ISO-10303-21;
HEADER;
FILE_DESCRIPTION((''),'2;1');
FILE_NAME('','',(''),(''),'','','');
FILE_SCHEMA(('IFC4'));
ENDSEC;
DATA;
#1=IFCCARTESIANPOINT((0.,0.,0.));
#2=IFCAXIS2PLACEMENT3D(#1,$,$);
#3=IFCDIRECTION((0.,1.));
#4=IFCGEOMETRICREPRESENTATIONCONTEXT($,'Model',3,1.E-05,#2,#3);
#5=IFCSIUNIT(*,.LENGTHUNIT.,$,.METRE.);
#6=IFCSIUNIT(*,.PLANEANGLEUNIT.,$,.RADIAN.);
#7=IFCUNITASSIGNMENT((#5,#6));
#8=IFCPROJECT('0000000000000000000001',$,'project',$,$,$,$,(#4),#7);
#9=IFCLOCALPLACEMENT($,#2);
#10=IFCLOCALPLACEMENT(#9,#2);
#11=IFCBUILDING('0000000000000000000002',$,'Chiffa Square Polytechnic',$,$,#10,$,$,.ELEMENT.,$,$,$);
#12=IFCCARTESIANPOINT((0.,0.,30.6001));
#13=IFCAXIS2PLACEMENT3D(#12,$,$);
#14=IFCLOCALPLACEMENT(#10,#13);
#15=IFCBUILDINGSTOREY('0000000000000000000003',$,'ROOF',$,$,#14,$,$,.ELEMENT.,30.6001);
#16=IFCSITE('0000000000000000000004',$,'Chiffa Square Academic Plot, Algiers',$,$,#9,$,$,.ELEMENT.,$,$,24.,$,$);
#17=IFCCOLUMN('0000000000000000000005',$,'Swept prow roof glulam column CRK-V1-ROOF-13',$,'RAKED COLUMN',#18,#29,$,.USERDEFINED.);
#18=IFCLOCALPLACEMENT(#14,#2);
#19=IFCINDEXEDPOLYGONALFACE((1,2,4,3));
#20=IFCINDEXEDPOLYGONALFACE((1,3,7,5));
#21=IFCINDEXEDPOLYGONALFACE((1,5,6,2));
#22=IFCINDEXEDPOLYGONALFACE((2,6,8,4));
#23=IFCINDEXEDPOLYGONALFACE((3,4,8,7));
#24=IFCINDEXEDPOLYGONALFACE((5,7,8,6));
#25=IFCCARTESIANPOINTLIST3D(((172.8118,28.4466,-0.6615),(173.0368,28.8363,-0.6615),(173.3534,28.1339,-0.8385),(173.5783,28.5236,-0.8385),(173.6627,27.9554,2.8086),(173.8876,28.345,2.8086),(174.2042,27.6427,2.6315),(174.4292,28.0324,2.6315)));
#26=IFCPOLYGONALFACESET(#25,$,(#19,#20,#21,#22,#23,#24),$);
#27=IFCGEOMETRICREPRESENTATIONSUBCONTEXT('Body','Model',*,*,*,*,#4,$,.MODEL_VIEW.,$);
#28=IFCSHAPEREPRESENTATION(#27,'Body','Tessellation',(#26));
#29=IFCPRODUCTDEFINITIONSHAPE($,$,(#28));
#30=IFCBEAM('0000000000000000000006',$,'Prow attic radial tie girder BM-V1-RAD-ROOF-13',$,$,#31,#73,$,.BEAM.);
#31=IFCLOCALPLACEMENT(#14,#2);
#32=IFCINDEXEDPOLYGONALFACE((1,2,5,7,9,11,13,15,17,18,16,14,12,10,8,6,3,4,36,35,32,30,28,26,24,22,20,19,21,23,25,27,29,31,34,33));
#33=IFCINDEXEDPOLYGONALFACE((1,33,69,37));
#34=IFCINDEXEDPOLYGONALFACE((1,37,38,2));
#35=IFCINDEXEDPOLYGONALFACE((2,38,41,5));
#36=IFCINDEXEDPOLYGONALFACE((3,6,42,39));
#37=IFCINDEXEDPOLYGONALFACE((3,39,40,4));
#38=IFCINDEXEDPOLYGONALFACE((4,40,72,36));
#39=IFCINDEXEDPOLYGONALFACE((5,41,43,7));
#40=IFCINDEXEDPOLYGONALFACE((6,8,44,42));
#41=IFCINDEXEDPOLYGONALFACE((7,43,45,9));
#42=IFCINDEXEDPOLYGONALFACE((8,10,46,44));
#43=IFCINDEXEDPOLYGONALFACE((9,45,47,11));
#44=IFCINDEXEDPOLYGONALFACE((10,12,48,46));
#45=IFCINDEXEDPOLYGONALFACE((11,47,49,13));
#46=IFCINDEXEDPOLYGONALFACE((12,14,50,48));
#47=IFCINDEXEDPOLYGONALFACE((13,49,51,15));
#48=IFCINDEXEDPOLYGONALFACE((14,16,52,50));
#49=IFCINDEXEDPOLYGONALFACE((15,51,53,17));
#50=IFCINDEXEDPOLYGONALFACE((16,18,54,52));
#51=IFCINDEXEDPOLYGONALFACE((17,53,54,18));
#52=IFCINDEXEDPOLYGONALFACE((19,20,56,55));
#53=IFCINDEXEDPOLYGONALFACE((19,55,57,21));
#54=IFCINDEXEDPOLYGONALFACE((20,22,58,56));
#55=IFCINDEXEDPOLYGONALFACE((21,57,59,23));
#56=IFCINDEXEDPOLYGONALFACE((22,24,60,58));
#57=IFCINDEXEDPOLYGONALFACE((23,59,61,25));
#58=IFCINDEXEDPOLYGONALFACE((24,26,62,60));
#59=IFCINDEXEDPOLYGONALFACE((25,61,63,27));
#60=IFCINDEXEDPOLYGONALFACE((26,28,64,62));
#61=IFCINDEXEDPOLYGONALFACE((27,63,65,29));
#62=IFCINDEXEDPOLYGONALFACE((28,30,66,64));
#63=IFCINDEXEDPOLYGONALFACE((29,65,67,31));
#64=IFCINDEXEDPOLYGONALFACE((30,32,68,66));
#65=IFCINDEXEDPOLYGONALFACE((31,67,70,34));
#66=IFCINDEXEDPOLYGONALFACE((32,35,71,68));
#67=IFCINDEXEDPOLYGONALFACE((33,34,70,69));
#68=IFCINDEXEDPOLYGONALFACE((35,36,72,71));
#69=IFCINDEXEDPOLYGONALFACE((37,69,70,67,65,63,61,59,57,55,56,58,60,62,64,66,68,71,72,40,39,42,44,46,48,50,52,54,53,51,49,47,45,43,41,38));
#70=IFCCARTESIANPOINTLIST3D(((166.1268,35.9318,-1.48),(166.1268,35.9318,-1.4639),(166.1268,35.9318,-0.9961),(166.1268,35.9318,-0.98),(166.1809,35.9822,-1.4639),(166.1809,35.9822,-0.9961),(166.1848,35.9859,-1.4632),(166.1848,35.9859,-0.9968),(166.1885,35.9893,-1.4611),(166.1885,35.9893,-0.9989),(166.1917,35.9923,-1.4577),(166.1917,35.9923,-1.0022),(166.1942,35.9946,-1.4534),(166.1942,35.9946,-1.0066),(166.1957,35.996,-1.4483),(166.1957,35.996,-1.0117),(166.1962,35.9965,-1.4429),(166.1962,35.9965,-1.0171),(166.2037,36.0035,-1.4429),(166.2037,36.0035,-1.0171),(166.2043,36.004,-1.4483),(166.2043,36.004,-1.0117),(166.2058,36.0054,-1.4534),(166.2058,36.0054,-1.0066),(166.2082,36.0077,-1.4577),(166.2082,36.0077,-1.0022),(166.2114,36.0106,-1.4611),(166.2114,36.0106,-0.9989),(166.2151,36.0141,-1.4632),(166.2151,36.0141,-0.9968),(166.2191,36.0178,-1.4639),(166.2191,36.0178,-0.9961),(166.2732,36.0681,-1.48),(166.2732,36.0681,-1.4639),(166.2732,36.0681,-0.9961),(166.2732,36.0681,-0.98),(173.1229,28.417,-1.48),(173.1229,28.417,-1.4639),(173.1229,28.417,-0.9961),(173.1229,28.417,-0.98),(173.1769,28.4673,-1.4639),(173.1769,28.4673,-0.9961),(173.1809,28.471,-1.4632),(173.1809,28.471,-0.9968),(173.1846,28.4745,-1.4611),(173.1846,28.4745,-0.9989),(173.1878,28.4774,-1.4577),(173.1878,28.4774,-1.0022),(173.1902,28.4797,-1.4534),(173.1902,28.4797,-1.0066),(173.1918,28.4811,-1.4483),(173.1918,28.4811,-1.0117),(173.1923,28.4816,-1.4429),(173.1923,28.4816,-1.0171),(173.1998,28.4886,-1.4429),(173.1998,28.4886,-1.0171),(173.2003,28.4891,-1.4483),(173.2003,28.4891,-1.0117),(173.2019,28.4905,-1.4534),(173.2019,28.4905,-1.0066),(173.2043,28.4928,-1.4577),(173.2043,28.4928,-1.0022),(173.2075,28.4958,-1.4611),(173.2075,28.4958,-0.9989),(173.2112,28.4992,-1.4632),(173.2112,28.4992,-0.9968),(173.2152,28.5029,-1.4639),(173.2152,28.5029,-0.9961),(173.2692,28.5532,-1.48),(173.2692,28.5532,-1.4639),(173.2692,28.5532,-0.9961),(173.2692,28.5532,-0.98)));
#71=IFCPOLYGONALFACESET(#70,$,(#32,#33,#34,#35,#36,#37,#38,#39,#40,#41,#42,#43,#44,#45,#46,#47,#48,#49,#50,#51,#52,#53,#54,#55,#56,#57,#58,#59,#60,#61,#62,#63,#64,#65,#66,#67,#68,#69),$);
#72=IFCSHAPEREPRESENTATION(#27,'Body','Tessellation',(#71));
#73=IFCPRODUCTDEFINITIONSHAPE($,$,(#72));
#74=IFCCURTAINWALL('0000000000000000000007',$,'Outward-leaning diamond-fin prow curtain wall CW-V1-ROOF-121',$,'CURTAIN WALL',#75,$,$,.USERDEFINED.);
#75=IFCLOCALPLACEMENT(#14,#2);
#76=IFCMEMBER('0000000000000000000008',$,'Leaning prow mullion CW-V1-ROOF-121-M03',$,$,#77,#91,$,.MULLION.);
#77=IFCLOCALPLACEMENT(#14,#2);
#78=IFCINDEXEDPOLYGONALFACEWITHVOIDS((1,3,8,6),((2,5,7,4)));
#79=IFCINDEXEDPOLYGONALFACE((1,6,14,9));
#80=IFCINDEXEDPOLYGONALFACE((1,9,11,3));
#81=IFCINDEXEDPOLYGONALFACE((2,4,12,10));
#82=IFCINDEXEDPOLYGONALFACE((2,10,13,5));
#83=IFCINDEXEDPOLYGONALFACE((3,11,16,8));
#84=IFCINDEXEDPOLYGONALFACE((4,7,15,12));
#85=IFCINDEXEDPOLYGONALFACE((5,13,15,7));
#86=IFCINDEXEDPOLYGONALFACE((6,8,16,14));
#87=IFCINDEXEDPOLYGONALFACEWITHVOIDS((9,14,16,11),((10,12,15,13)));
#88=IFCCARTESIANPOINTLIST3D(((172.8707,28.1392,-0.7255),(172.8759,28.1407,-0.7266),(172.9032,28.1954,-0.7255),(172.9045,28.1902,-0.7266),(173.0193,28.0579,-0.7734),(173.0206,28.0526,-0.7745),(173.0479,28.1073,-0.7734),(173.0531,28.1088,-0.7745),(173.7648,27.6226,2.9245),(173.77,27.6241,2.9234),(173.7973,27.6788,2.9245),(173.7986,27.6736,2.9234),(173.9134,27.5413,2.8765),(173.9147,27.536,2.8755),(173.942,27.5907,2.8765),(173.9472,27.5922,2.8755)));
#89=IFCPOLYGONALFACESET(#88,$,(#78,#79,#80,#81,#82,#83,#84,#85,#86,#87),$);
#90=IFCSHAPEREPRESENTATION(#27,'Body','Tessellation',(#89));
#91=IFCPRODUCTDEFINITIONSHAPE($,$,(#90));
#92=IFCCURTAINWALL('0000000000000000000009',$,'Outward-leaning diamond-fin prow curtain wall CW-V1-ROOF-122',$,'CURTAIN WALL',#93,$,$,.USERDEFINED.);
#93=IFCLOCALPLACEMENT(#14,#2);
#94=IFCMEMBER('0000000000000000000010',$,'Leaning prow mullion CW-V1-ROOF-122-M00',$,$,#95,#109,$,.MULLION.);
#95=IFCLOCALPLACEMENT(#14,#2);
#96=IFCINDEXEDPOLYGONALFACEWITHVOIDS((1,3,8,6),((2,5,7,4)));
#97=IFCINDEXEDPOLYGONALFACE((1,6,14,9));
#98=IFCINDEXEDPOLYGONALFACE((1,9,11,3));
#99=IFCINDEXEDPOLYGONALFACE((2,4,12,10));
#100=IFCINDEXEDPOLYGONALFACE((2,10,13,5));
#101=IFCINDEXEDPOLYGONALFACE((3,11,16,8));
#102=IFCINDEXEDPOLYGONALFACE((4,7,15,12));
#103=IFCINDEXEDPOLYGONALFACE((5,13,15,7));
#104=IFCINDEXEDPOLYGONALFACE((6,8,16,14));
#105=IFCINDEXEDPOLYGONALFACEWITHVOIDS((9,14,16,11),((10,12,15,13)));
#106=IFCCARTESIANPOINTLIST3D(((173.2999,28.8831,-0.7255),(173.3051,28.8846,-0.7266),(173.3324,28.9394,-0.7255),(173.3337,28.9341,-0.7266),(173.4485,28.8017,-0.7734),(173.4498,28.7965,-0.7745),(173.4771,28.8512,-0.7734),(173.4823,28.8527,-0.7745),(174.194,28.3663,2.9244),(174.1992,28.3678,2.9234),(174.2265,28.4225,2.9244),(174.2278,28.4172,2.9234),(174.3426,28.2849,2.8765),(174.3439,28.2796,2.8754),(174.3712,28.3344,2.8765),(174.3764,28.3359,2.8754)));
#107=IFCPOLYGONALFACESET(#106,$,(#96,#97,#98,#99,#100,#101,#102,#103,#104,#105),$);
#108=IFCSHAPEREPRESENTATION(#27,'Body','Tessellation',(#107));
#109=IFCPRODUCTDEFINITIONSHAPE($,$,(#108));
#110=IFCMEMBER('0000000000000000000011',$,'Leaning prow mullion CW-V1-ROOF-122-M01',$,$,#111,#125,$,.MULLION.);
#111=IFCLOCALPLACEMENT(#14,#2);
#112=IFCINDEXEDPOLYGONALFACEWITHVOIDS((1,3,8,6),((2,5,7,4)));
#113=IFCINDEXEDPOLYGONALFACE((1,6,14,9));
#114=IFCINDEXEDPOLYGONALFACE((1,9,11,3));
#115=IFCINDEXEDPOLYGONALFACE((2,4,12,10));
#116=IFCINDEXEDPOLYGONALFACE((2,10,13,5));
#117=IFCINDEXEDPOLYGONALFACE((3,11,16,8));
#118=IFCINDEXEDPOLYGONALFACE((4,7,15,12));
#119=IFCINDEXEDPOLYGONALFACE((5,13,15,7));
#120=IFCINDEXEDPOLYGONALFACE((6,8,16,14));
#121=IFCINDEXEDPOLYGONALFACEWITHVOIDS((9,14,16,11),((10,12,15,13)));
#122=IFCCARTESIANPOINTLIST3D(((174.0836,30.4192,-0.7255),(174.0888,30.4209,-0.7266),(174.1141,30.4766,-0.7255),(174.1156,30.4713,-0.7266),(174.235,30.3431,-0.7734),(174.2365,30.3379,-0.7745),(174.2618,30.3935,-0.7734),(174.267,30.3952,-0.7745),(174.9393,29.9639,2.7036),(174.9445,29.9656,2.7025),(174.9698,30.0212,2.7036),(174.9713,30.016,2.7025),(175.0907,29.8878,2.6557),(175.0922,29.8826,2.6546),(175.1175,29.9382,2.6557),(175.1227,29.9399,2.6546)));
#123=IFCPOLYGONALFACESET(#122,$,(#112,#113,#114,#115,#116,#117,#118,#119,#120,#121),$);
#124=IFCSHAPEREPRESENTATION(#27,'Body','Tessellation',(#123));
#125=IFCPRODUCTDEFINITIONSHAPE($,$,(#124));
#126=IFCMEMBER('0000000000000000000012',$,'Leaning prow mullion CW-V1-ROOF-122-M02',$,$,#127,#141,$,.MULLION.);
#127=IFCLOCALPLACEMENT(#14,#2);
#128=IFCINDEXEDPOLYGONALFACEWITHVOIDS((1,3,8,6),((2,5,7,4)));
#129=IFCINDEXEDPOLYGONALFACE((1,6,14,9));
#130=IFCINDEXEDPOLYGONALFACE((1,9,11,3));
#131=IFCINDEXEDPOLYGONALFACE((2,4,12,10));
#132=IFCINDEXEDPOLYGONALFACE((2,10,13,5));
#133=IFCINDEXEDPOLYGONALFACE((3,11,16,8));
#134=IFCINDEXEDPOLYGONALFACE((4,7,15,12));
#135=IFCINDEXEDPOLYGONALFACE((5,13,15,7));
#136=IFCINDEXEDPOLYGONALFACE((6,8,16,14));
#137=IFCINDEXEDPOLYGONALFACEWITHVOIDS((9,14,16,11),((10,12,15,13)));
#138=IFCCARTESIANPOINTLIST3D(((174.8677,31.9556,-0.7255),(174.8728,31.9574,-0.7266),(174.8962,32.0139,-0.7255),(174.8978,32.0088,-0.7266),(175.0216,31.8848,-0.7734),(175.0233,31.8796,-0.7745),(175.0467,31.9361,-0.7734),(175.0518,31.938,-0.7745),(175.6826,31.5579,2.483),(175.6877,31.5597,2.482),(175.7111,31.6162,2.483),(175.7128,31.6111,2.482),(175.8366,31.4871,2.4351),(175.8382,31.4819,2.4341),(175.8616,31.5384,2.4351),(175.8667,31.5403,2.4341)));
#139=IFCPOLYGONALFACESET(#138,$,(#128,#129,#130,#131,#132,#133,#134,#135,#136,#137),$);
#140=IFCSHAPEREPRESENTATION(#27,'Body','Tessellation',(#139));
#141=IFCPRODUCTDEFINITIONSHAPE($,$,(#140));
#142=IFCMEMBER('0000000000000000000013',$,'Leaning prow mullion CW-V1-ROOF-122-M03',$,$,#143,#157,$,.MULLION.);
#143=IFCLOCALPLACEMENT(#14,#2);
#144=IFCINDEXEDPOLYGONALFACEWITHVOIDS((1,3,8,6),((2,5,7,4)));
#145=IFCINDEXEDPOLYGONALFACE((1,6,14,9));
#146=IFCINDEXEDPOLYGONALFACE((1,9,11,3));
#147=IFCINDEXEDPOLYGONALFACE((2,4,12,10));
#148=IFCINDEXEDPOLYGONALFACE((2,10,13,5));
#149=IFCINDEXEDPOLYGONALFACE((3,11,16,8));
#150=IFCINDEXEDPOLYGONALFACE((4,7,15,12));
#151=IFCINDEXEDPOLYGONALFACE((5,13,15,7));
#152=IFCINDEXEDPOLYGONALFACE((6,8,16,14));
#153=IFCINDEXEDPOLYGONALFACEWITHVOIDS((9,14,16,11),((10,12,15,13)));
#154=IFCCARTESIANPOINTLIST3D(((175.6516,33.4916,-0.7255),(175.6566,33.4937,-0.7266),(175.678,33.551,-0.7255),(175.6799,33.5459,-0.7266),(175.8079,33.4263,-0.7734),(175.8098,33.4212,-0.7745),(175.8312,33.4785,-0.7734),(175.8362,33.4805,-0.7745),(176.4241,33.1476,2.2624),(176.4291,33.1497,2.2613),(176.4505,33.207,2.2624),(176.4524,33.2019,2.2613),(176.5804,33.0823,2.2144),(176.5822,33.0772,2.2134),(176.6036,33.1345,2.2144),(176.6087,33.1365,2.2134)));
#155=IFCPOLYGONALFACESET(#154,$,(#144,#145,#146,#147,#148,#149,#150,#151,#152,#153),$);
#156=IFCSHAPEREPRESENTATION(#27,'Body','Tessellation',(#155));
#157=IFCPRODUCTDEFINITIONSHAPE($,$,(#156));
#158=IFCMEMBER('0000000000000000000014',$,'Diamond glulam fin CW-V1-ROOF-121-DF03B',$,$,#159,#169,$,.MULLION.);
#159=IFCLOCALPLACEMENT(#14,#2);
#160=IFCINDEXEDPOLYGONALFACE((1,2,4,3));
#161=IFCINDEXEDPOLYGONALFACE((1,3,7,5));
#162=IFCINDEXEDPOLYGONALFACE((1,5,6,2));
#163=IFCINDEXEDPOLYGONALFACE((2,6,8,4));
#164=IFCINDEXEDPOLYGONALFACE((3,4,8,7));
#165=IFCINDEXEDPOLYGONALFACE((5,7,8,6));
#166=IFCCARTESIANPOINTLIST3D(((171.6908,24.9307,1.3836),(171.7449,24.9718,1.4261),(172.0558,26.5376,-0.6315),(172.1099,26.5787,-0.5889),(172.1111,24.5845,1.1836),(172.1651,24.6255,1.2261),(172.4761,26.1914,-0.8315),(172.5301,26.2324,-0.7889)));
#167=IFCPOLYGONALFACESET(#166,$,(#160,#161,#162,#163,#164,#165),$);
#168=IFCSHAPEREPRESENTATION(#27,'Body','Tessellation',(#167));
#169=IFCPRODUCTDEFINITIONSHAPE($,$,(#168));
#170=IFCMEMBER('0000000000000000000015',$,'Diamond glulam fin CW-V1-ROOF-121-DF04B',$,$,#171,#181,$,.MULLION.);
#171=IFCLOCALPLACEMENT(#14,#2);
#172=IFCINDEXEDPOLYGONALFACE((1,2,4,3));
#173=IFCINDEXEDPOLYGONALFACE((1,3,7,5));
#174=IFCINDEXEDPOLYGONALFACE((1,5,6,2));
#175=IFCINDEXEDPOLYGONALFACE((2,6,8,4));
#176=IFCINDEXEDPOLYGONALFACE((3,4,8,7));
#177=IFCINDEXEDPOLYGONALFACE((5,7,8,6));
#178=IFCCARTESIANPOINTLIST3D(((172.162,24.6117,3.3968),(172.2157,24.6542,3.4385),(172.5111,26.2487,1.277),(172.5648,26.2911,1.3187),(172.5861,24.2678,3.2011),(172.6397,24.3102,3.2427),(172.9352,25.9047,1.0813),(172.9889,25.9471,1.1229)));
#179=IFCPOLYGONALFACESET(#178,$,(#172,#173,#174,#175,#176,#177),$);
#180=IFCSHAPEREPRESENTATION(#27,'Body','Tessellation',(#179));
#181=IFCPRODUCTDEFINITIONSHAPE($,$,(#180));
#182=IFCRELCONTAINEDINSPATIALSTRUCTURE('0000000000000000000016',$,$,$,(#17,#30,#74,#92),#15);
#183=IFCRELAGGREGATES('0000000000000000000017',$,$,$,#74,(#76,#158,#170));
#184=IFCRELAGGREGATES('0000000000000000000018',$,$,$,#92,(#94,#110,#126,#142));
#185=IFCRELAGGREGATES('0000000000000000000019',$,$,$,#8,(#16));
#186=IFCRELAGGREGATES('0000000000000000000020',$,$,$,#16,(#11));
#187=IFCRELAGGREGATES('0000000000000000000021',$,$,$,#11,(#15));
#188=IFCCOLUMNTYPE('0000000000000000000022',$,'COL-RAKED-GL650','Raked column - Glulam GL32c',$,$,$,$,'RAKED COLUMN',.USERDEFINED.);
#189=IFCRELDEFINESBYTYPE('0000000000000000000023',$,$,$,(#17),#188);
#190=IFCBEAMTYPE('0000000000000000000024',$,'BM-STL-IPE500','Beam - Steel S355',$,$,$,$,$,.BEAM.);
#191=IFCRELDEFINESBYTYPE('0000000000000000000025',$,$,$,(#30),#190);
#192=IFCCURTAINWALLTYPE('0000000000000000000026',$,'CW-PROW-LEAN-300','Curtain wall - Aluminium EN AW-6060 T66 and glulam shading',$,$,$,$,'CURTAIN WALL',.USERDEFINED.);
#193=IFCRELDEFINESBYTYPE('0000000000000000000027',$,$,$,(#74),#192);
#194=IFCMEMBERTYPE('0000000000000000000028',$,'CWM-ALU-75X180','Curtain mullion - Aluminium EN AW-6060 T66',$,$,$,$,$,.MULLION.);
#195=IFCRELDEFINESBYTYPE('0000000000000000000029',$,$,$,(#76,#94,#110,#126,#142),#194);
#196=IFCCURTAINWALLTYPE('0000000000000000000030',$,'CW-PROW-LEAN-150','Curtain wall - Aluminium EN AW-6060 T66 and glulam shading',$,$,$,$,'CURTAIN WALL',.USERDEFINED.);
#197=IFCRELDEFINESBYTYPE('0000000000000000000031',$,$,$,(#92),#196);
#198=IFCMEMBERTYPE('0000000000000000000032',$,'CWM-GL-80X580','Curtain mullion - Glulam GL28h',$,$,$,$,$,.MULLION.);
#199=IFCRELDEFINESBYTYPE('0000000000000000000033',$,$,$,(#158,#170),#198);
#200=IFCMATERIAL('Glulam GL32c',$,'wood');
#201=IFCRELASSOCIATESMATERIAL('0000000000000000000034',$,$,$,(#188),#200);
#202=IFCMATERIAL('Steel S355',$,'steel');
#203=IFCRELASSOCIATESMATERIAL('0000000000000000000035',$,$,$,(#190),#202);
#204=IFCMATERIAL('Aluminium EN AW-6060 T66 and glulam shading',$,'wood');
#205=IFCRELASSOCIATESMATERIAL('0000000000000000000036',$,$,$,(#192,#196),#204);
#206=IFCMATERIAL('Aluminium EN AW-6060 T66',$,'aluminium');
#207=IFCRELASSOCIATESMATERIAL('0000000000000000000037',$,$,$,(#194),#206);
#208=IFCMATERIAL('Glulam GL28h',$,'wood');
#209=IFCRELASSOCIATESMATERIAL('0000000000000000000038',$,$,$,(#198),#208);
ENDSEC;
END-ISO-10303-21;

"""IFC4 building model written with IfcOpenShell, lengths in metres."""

from ifc_helpers import new_model, si_unit, direction, frame, origin, origin_2d, place, context, subcontext, project, spatial, rectangle, hollow_rectangle, i_section, extrude, material, material_profile, profile_set, type_object, element, aggregate, save


model = new_model("IFC4")

# Units and contexts
model_context = context("Model", 3, precision=1e-05, world=origin(), true_north=direction((0.0, 1.0)))
body_context = subcontext(model_context, "Body", "Model", "MODEL_VIEW")
ifc_project = project(units=[si_unit("LENGTHUNIT", "METRE"), si_unit("PLANEANGLEUNIT", "RADIAN")], contexts=[model_context])

# Site, building, storey
site_placement = place(None, origin())
site = spatial("IfcSite", under=ifc_project, at=site_placement, Name="Chiffa Square Academic Plot, Algiers", CompositionType="ELEMENT", RefElevation=24.0)
building_placement = place(site_placement, origin())
building = spatial("IfcBuilding", under=site, at=building_placement, Name="Chiffa Square Polytechnic", CompositionType="ELEMENT")
storey_placement = place(building_placement, frame((0.0, 0.0, 30.6001)))
storey = spatial("IfcBuildingStorey", under=building, at=storey_placement, Name="ROOF", CompositionType="ELEMENT", Elevation=30.6001)

# Column
ifc_material_1 = material(Name="Glulam GL32c", Category="wood")
ifc_material_profile_1 = material_profile(ifc_material_1, rectangle(XDim=0.45, YDim=0.6499, at=origin_2d()), Name="GL32c 450x650")
ifc_profile_set_1 = profile_set([ifc_material_profile_1], Name="Glulam GL32c")
column_type = type_object("IfcColumnType", Name="COL-RAKED-GL650", Description="Raked column - Glulam GL32c", ElementType="RAKED COLUMN", PredefinedType="USERDEFINED", material=ifc_profile_set_1)
column_placement = place(storey_placement, frame((173.1951, 28.4851, -0.75), z_axis=(0.235924, -0.136207, 0.962179), x_axis=(0.499988, 0.866032, 0.0)))
element("IfcColumn", 1, at=column_placement, inside=storey, type_object=column_type, Name="Swept prow roof glulam column CRK-V1-ROOF-13", ObjectType="RAKED COLUMN", PredefinedType="USERDEFINED", context=body_context, shape_type="SweptSolid", body=[
    extrude(rectangle(XDim=0.45, YDim=0.6499, at=origin_2d()), origin(), (0.0, 0.0, 1.0), 3.6064),
])

# Beam
ifc_material_2 = material(Name="Steel S355", Category="steel")
ifc_material_profile_2 = material_profile(ifc_material_2, i_section(OverallWidth=0.2, OverallDepth=0.5, WebThickness=0.0103, FlangeThickness=0.0161, FilletRadius=0.021, at=origin_2d()), Name="IPE 500")
ifc_profile_set_2 = profile_set([ifc_material_profile_2], Name="Steel S355")
beam_type_1 = type_object("IfcBeamType", Name="BM-STL-IPE500", Description="Beam - Steel S355", PredefinedType="BEAM", material=ifc_profile_set_2)
beam_1_placement = place(storey_placement, frame((173.196, 28.4851, -1.23), z_axis=(-0.681391, 0.73192, 0.0), x_axis=(-0.73192, -0.681391, 0.0)))
element("IfcBeam", 2, at=beam_1_placement, inside=storey, type_object=beam_type_1, Name="Prow attic radial tie girder BM-V1-RAD-ROOF-13", PredefinedType="BEAM", context=body_context, shape_type="SweptSolid", body=[
    extrude(i_section(OverallWidth=0.2, OverallDepth=0.5, WebThickness=0.0103, FlangeThickness=0.0161, FilletRadius=0.021, at=origin_2d()), origin(), (0.0, 0.0, 1.0), 10.2673),
])

# Curtain wall, member
ifc_material_3 = material(Name="Aluminium EN AW-6060 T66 and glulam shading", Category="wood")
curtain_wall_type_1 = type_object("IfcCurtainWallType", Name="CW-PROW-LEAN-300", Description="Curtain wall - Aluminium EN AW-6060 T66 and glulam shading", ElementType="CURTAIN WALL", PredefinedType="USERDEFINED", material=ifc_material_3)
curtain_wall_1_placement = place(storey_placement, origin())
curtain_wall_1 = element("IfcCurtainWall", 3, at=curtain_wall_1_placement, inside=storey, type_object=curtain_wall_type_1, Name="Outward-leaning diamond-fin prow curtain wall CW-V1-ROOF-121", ObjectType="CURTAIN WALL", PredefinedType="USERDEFINED")
ifc_material_4 = material(Name="Aluminium EN AW-6060 T66", Category="aluminium")
ifc_material_profile_3 = material_profile(ifc_material_4, hollow_rectangle(XDim=0.0649, YDim=0.1799, WallThickness=0.0039, at=origin_2d()), Name="ALU 65x180x4")
ifc_profile_set_3 = profile_set([ifc_material_profile_3], Name="Aluminium EN AW-6060 T66")
member_type_1 = type_object("IfcMemberType", Name="CWM-ALU-75X180", Description="Curtain mullion - Aluminium EN AW-6060 T66", PredefinedType="MULLION", material=ifc_profile_set_3)
member_1_placement = place(storey_placement, frame((172.9619, 28.124, -0.75), z_axis=(0.235699, -0.136193, 0.962235), x_axis=(0.500309, 0.865847, 0.0)))
member_1 = element("IfcMember", 4, at=member_1_placement, type_object=member_type_1, Name="Leaning prow mullion CW-V1-ROOF-121-M03", PredefinedType="MULLION", context=body_context, shape_type="SweptSolid", body=[
    extrude(hollow_rectangle(XDim=0.0649, YDim=0.1799, WallThickness=0.0039, at=origin_2d()), origin(), (0.0, 0.0, 1.0), 3.7932),
])

# Curtain wall, members
curtain_wall_type_2 = type_object("IfcCurtainWallType", Name="CW-PROW-LEAN-150", Description="Curtain wall - Aluminium EN AW-6060 T66 and glulam shading", ElementType="CURTAIN WALL", PredefinedType="USERDEFINED", material=ifc_material_3)
curtain_wall_2_placement = place(storey_placement, origin())
curtain_wall_2 = element("IfcCurtainWall", 5, at=curtain_wall_2_placement, inside=storey, type_object=curtain_wall_type_2, Name="Outward-leaning diamond-fin prow curtain wall CW-V1-ROOF-122", ObjectType="CURTAIN WALL", PredefinedType="USERDEFINED")
member_2_placement = place(storey_placement, frame((173.3911, 28.8679, -0.75), z_axis=(0.235697, -0.136257, 0.962227), x_axis=(0.500486, 0.865744, 0.0)))
member_2 = element("IfcMember", 6, at=member_2_placement, type_object=member_type_1, Name="Leaning prow mullion CW-V1-ROOF-122-M00", PredefinedType="MULLION", context=body_context, shape_type="SweptSolid", body=[
    extrude(hollow_rectangle(XDim=0.0649, YDim=0.1799, WallThickness=0.0039, at=origin_2d()), origin(), (0.0, 0.0, 1.0), 3.7932),
])
member_3_placement = place(storey_placement, frame((174.1753, 30.4072, -0.75), z_axis=(0.240129, -0.127772, 0.962296), x_axis=(0.469738, 0.882806, 0.0)))
member_3 = element("IfcMember", 7, at=member_3_placement, type_object=member_type_1, Name="Leaning prow mullion CW-V1-ROOF-122-M01", PredefinedType="MULLION", context=body_context, shape_type="SweptSolid", body=[
    extrude(hollow_rectangle(XDim=0.0649, YDim=0.1799, WallThickness=0.0039, at=origin_2d()), origin(), (0.0, 0.0, 1.0), 3.5635),
])
member_4_placement = place(storey_placement, frame((174.9597, 31.9468, -0.75), z_axis=(0.24442, -0.119281, 0.962305), x_axis=(0.438577, 0.898693, 0.0)))
member_4 = element("IfcMember", 8, at=member_4_placement, type_object=member_type_1, Name="Leaning prow mullion CW-V1-ROOF-122-M02", PredefinedType="MULLION", context=body_context, shape_type="SweptSolid", body=[
    extrude(hollow_rectangle(XDim=0.0649, YDim=0.1799, WallThickness=0.0039, at=origin_2d()), origin(), (0.0, 0.0, 1.0), 3.3342),
])
member_5_placement = place(storey_placement, frame((175.7439, 33.4861, -0.75), z_axis=(0.248768, -0.110782, 0.962207), x_axis=(0.406808, 0.913514, 0.0)))
member_5 = element("IfcMember", 9, at=member_5_placement, type_object=member_type_1, Name="Leaning prow mullion CW-V1-ROOF-122-M03", PredefinedType="MULLION", context=body_context, shape_type="SweptSolid", body=[
    extrude(hollow_rectangle(XDim=0.0649, YDim=0.1799, WallThickness=0.0039, at=origin_2d()), origin(), (0.0, 0.0, 1.0), 3.1052),
])

# Members
ifc_material_5 = material(Name="Glulam GL28h", Category="wood")
ifc_material_profile_4 = material_profile(ifc_material_5, rectangle(XDim=0.0801, YDim=0.5801, at=origin_2d()), Name="GL28h 80x580")
ifc_profile_set_4 = profile_set([ifc_material_profile_4], Name="Glulam GL28h")
member_type_2 = type_object("IfcMemberType", Name="CWM-GL-80X580", Description="Curtain mullion - Glulam GL28h", PredefinedType="MULLION", material=ifc_profile_set_4)
member_6_placement = place(storey_placement, frame((172.293, 26.385, -0.7102), z_axis=(-0.140213, -0.617311, 0.774124), x_axis=(0.674912, 0.512475, 0.530907)))
member_6 = element("IfcMember", 10, at=member_6_placement, type_object=member_type_2, Name="Diamond glulam fin CW-V1-ROOF-121-DF03B", PredefinedType="MULLION", context=body_context, shape_type="SweptSolid", body=[
    extrude(rectangle(XDim=0.0801, YDim=0.5801, at=origin_2d()), origin(), (0.0, 0.0, 1.0), 2.603),
])
member_7_placement = place(storey_placement, frame((172.75, 26.0979, 1.2), z_axis=(-0.129256, -0.606058, 0.784848), x_axis=(0.669955, 0.530149, 0.519715)))
member_7 = element("IfcMember", 11, at=member_7_placement, type_object=member_type_2, Name="Diamond glulam fin CW-V1-ROOF-121-DF04B", PredefinedType="MULLION", context=body_context, shape_type="SweptSolid", body=[
    extrude(rectangle(XDim=0.0801, YDim=0.5801, at=origin_2d()), origin(), (0.0, 0.0, 1.0), 2.7009),
])

aggregate(curtain_wall_1, [member_1, member_6, member_7])
aggregate(curtain_wall_2, [member_2, member_3, member_4, member_5])

save(model, "model.ifc")
